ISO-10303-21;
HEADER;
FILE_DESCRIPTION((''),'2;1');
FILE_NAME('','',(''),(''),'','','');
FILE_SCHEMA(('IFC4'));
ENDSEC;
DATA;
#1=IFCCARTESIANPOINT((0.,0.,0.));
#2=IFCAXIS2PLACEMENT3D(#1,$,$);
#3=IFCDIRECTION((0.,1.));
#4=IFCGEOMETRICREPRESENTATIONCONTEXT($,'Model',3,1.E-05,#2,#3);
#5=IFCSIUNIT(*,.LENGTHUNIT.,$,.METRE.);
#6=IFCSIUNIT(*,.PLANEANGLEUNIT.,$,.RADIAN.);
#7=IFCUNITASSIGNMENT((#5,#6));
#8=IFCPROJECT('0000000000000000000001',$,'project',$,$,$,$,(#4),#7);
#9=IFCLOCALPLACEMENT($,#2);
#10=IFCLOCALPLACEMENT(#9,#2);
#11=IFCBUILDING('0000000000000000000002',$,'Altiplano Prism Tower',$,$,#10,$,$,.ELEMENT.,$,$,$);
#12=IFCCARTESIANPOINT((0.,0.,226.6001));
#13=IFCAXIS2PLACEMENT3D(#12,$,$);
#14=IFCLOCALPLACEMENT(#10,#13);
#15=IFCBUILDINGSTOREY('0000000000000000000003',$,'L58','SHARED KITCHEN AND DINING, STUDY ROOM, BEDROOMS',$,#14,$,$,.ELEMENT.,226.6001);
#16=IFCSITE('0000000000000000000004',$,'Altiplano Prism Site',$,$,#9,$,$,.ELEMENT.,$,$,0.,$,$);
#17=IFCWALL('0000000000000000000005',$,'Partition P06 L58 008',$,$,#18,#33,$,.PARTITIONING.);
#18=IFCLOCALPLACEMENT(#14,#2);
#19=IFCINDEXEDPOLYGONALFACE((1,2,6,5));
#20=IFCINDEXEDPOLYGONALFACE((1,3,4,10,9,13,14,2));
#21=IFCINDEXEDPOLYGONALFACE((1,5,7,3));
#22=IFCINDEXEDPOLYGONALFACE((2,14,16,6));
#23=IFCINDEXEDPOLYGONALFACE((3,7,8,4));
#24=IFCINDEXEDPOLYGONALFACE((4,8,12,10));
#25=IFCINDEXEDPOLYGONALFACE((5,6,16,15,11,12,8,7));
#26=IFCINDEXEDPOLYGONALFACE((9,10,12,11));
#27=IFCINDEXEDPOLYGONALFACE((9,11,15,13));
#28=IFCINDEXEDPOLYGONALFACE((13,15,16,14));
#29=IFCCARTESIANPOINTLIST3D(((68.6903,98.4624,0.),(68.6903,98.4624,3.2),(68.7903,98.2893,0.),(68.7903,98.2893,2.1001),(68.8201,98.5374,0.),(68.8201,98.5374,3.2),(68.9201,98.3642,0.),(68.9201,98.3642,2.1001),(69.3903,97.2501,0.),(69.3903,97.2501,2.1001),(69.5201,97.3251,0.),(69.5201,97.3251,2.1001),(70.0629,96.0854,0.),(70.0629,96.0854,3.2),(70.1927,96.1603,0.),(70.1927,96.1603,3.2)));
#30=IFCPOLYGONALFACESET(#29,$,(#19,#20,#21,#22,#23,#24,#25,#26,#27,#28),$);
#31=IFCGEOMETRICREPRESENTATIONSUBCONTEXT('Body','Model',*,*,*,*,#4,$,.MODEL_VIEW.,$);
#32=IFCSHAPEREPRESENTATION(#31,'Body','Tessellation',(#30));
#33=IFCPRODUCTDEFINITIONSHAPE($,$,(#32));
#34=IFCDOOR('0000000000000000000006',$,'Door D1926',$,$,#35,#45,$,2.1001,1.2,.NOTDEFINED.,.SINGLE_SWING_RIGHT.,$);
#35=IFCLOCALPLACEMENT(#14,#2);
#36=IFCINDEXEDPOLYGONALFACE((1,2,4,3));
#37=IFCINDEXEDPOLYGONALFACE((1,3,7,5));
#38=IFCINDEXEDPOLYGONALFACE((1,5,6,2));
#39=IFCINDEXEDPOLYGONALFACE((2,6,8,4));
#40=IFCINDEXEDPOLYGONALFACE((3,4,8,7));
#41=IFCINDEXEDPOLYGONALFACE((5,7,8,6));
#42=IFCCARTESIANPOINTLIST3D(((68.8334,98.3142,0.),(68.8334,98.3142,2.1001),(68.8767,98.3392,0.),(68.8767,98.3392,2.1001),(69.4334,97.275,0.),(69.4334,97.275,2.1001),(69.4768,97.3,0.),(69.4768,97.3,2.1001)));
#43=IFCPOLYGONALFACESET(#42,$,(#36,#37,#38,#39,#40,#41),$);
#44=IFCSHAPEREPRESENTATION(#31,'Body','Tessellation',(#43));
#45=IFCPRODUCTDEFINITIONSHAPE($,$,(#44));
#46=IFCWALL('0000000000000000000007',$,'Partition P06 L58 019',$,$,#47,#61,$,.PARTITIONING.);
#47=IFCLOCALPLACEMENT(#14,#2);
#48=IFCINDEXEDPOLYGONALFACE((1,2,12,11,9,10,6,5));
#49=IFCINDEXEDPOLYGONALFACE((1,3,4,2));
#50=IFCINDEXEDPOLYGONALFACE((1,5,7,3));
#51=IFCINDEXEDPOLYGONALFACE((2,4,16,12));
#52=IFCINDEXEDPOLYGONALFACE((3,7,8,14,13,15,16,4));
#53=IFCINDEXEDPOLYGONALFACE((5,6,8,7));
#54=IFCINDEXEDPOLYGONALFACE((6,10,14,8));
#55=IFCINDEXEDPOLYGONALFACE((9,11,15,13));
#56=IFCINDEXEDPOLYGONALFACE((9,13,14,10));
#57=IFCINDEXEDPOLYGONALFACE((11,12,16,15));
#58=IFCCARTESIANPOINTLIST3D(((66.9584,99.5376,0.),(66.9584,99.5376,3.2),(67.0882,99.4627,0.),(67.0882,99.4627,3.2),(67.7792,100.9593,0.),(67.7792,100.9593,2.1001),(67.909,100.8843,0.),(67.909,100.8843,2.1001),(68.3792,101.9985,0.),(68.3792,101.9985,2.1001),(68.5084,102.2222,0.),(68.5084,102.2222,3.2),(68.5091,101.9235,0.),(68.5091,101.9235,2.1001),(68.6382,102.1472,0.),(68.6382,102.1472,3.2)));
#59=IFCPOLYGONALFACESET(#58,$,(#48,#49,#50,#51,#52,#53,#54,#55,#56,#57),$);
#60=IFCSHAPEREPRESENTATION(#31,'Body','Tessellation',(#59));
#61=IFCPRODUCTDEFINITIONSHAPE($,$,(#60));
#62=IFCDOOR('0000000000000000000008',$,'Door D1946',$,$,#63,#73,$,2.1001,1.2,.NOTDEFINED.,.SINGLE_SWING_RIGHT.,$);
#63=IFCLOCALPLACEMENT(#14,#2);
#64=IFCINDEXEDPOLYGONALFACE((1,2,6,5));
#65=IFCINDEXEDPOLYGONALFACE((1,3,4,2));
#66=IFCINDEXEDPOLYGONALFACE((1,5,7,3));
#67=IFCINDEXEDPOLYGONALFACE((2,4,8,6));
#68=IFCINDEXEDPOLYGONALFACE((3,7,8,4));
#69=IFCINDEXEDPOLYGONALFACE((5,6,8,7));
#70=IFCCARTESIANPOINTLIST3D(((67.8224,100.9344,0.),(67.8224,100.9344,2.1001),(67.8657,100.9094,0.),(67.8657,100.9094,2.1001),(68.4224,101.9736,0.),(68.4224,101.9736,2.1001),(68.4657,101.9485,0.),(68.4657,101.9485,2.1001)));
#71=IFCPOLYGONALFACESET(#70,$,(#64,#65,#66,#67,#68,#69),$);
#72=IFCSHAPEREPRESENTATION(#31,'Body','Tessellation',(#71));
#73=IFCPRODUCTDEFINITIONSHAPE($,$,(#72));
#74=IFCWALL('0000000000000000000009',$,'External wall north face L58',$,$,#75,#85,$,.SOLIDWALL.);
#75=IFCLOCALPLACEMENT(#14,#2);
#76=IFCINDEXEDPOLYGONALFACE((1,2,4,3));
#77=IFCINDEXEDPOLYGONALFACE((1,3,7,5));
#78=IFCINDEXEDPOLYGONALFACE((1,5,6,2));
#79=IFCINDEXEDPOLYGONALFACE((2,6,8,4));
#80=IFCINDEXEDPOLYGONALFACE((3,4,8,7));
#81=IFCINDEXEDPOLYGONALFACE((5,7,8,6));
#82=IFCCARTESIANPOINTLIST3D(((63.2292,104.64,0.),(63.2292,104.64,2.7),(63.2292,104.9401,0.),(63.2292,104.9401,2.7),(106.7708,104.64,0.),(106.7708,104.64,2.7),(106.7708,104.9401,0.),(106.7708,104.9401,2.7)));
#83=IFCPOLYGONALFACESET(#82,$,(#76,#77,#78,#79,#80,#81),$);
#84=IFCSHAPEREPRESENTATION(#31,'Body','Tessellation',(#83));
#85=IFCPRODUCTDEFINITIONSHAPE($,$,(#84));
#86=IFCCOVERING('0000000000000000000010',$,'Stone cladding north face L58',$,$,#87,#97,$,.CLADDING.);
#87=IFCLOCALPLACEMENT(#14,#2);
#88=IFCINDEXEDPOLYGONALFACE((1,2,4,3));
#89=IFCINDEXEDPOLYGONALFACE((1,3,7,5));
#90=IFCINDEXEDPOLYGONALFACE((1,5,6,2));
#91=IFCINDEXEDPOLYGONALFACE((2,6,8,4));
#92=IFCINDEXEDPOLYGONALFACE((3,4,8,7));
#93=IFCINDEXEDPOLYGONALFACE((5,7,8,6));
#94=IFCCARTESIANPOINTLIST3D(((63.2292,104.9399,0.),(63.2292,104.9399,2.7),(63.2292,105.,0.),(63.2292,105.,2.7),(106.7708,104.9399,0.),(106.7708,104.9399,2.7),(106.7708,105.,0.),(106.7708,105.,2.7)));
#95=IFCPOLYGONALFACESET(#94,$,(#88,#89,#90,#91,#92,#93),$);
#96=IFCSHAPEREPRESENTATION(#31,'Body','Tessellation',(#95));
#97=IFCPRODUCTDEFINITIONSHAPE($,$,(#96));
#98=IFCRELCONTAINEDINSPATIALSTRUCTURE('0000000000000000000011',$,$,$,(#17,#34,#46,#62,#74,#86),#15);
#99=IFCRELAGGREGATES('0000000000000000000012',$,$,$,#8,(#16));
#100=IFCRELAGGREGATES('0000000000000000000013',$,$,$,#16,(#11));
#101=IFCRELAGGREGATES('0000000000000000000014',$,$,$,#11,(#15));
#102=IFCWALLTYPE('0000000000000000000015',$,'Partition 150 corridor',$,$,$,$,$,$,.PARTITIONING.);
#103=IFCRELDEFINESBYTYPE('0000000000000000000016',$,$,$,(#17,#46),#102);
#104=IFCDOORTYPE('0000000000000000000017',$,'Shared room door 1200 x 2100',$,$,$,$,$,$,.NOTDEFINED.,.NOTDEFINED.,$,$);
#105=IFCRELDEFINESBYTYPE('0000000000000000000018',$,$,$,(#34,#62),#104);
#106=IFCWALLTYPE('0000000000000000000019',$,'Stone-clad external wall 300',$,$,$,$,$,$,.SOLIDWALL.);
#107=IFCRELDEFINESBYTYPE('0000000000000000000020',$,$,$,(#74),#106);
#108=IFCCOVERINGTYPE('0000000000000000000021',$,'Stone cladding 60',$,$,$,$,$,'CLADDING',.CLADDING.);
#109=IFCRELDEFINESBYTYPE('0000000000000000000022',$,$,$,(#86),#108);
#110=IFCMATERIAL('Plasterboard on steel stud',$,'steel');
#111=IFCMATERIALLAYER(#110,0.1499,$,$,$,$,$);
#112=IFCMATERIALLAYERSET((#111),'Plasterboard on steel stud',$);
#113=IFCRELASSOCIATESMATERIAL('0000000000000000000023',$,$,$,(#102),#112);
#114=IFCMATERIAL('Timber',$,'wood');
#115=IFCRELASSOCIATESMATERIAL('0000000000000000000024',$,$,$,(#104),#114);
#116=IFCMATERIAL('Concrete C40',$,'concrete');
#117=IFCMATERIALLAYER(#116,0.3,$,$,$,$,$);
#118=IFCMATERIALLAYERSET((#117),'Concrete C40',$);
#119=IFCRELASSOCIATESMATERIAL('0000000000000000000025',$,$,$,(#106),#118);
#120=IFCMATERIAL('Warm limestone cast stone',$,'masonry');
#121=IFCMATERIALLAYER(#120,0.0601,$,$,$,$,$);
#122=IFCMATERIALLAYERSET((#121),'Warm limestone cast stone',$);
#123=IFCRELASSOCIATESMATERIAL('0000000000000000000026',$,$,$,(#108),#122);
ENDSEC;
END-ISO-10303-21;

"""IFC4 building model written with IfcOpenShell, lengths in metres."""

from ifc_helpers import new_model, si_unit, direction, frame, frame_2d, origin, place, context, subcontext, project, spatial, rectangle, extrude, material, layer, layer_set, type_object, element, fill, save


model = new_model("IFC4")

# Units and contexts
model_context = context("Model", 3, precision=1e-05, world=origin(), true_north=direction((0.0, 1.0)))
body_context = subcontext(model_context, "Body", "Model", "MODEL_VIEW")
ifc_project = project(units=[si_unit("LENGTHUNIT", "METRE"), si_unit("PLANEANGLEUNIT", "RADIAN")], contexts=[model_context])

# Site, building, storey
site_placement = place(None, origin())
site = spatial("IfcSite", under=ifc_project, at=site_placement, Name="Altiplano Prism Site", CompositionType="ELEMENT", RefElevation=0.0)
building_placement = place(site_placement, origin())
building = spatial("IfcBuilding", under=site, at=building_placement, Name="Altiplano Prism Tower", CompositionType="ELEMENT")
storey_placement = place(building_placement, frame((0.0, 0.0, 226.6001)))
storey = spatial("IfcBuildingStorey", under=building, at=storey_placement, Name="L58", Description="SHARED KITCHEN AND DINING, STUDY ROOM, BEDROOMS", CompositionType="ELEMENT", Elevation=226.6001)

# Shared definitions
ifc_material_1 = material(Name="Plasterboard on steel stud", Category="steel")
ifc_layer_1 = layer(ifc_material_1, 0.1499)
ifc_layer_set_1 = layer_set([ifc_layer_1], Name="Plasterboard on steel stud")
wall_type_1 = type_object("IfcWallType", Name="Partition 150 corridor", PredefinedType="PARTITIONING", material=ifc_layer_set_1)

# Walls, openings, doors
wall_1_placement = place(storey_placement, frame((68.7551, 98.5, 0.0), z_axis=(0.0, 0.0, 1.0), x_axis=(0.500061, -0.86599, 0.0)))
wall_1 = element("IfcWall", 1, at=wall_1_placement, inside=storey, type_object=wall_type_1, Name="Partition P06 L58 008", PredefinedType="PARTITIONING", context=body_context, shape_type="SweptSolid", body=[
    extrude(rectangle(XDim=2.7449, YDim=0.1499, at=frame_2d((1.3726, 0.0))), origin(), (0.0, 0.0, 1.0), 3.2),
])
opening_1_placement = place(wall_1_placement, frame((0.2, 0.0, 0.0)))
opening_1 = element("IfcOpeningElement", 2, at=opening_1_placement, cuts=wall_1, PredefinedType="OPENING", context=body_context, shape_type="SweptSolid", body=[
    extrude(rectangle(XDim=1.2, YDim=2.1001, at=frame_2d((0.6001, 1.05))), frame((0.0, 0.0854, 0.0), z_axis=(0.0, -1.0, 0.0), x_axis=(1.0, 0.0, 0.0)), (0.0, 0.0, 1.0), 0.1709),
])
ifc_material_2 = material(Name="Timber", Category="wood")
door_type = type_object("IfcDoorType", Name="Shared room door 1200 x 2100", OperationType="NOTDEFINED", PredefinedType="NOTDEFINED", material=ifc_material_2)
door_1_placement = place(opening_1_placement, origin())
door_1 = element("IfcDoor", 3, at=door_1_placement, inside=storey, type_object=door_type, Name="Door D1926", OperationType="SINGLE_SWING_RIGHT", OverallHeight=2.1001, OverallWidth=1.2, PredefinedType="NOTDEFINED", context=body_context, shape_type="SweptSolid", body=[
    extrude(rectangle(XDim=1.2, YDim=2.1001, at=frame_2d((0.6001, 1.05))), frame((0.0, 0.0249, 0.0), z_axis=(0.0, -1.0, 0.0), x_axis=(1.0, 0.0, 0.0)), (0.0, 0.0, 1.0), 0.05),
])
fill(opening_1, door_1)
wall_2_placement = place(storey_placement, frame((68.5732, 102.1846, 0.0), z_axis=(0.0, 0.0, 1.0), x_axis=(-0.500027, -0.86601, 0.0)))
wall_2 = element("IfcWall", 4, at=wall_2_placement, inside=storey, type_object=wall_type_1, Name="Partition P06 L58 019", PredefinedType="PARTITIONING", context=body_context, shape_type="SweptSolid", body=[
    extrude(rectangle(XDim=3.0999, YDim=0.1499, at=frame_2d((1.5498, 0.0))), origin(), (0.0, 0.0, 1.0), 3.2),
])
opening_2_placement = place(wall_2_placement, frame((0.2581, 0.0, 0.0)))
opening_2 = element("IfcOpeningElement", 5, at=opening_2_placement, cuts=wall_2, PredefinedType="OPENING", context=body_context, shape_type="SweptSolid", body=[
    extrude(rectangle(XDim=1.2, YDim=2.1001, at=frame_2d((0.6001, 1.05))), frame((0.0, 0.0854, 0.0), z_axis=(0.0, -1.0, 0.0), x_axis=(1.0, 0.0, 0.0)), (0.0, 0.0, 1.0), 0.1709),
])
door_2_placement = place(opening_2_placement, origin())
door_2 = element("IfcDoor", 6, at=door_2_placement, inside=storey, type_object=door_type, Name="Door D1946", OperationType="SINGLE_SWING_RIGHT", OverallHeight=2.1001, OverallWidth=1.2, PredefinedType="NOTDEFINED", context=body_context, shape_type="SweptSolid", body=[
    extrude(rectangle(XDim=1.2, YDim=2.1001, at=frame_2d((0.6001, 1.05))), frame((0.0, 0.0249, 0.0), z_axis=(0.0, -1.0, 0.0), x_axis=(1.0, 0.0, 0.0)), (0.0, 0.0, 1.0), 0.05),
])
fill(opening_2, door_2)

# Wall
ifc_material_3 = material(Name="Concrete C40", Category="concrete")
ifc_layer_2 = layer(ifc_material_3, 0.3)
ifc_layer_set_2 = layer_set([ifc_layer_2], Name="Concrete C40")
wall_type_2 = type_object("IfcWallType", Name="Stone-clad external wall 300", PredefinedType="SOLIDWALL", material=ifc_layer_set_2)
wall_3_placement = place(storey_placement, frame((63.2292, 104.79, 0.0), z_axis=(0.0, 0.0, 1.0), x_axis=(1.0, 0.0, 0.0)))
element("IfcWall", 7, at=wall_3_placement, inside=storey, type_object=wall_type_2, Name="External wall north face L58", PredefinedType="SOLIDWALL", context=body_context, shape_type="SweptSolid", body=[
    extrude(rectangle(XDim=43.5415, YDim=0.3, at=frame_2d((21.7708, 0.0))), origin(), (0.0, 0.0, 1.0), 2.7),
])

# Covering
ifc_material_4 = material(Name="Warm limestone cast stone", Category="masonry")
ifc_layer_3 = layer(ifc_material_4, 0.0601)
ifc_layer_set_3 = layer_set([ifc_layer_3], Name="Warm limestone cast stone")
covering_type = type_object("IfcCoveringType", Name="Stone cladding 60", ElementType="CLADDING", PredefinedType="CLADDING", material=ifc_layer_set_3)
covering_placement = place(storey_placement, frame((63.2292, 104.97, 0.0), z_axis=(0.0, 0.0, 1.0), x_axis=(1.0, 0.0, 0.0)))
element("IfcCovering", 8, at=covering_placement, inside=storey, type_object=covering_type, Name="Stone cladding north face L58", PredefinedType="CLADDING", context=body_context, shape_type="SweptSolid", body=[
    extrude(rectangle(XDim=43.5415, YDim=0.0601, at=frame_2d((21.7708, 0.0))), origin(), (0.0, 0.0, 1.0), 2.7),
])

save(model, "model.ifc")
